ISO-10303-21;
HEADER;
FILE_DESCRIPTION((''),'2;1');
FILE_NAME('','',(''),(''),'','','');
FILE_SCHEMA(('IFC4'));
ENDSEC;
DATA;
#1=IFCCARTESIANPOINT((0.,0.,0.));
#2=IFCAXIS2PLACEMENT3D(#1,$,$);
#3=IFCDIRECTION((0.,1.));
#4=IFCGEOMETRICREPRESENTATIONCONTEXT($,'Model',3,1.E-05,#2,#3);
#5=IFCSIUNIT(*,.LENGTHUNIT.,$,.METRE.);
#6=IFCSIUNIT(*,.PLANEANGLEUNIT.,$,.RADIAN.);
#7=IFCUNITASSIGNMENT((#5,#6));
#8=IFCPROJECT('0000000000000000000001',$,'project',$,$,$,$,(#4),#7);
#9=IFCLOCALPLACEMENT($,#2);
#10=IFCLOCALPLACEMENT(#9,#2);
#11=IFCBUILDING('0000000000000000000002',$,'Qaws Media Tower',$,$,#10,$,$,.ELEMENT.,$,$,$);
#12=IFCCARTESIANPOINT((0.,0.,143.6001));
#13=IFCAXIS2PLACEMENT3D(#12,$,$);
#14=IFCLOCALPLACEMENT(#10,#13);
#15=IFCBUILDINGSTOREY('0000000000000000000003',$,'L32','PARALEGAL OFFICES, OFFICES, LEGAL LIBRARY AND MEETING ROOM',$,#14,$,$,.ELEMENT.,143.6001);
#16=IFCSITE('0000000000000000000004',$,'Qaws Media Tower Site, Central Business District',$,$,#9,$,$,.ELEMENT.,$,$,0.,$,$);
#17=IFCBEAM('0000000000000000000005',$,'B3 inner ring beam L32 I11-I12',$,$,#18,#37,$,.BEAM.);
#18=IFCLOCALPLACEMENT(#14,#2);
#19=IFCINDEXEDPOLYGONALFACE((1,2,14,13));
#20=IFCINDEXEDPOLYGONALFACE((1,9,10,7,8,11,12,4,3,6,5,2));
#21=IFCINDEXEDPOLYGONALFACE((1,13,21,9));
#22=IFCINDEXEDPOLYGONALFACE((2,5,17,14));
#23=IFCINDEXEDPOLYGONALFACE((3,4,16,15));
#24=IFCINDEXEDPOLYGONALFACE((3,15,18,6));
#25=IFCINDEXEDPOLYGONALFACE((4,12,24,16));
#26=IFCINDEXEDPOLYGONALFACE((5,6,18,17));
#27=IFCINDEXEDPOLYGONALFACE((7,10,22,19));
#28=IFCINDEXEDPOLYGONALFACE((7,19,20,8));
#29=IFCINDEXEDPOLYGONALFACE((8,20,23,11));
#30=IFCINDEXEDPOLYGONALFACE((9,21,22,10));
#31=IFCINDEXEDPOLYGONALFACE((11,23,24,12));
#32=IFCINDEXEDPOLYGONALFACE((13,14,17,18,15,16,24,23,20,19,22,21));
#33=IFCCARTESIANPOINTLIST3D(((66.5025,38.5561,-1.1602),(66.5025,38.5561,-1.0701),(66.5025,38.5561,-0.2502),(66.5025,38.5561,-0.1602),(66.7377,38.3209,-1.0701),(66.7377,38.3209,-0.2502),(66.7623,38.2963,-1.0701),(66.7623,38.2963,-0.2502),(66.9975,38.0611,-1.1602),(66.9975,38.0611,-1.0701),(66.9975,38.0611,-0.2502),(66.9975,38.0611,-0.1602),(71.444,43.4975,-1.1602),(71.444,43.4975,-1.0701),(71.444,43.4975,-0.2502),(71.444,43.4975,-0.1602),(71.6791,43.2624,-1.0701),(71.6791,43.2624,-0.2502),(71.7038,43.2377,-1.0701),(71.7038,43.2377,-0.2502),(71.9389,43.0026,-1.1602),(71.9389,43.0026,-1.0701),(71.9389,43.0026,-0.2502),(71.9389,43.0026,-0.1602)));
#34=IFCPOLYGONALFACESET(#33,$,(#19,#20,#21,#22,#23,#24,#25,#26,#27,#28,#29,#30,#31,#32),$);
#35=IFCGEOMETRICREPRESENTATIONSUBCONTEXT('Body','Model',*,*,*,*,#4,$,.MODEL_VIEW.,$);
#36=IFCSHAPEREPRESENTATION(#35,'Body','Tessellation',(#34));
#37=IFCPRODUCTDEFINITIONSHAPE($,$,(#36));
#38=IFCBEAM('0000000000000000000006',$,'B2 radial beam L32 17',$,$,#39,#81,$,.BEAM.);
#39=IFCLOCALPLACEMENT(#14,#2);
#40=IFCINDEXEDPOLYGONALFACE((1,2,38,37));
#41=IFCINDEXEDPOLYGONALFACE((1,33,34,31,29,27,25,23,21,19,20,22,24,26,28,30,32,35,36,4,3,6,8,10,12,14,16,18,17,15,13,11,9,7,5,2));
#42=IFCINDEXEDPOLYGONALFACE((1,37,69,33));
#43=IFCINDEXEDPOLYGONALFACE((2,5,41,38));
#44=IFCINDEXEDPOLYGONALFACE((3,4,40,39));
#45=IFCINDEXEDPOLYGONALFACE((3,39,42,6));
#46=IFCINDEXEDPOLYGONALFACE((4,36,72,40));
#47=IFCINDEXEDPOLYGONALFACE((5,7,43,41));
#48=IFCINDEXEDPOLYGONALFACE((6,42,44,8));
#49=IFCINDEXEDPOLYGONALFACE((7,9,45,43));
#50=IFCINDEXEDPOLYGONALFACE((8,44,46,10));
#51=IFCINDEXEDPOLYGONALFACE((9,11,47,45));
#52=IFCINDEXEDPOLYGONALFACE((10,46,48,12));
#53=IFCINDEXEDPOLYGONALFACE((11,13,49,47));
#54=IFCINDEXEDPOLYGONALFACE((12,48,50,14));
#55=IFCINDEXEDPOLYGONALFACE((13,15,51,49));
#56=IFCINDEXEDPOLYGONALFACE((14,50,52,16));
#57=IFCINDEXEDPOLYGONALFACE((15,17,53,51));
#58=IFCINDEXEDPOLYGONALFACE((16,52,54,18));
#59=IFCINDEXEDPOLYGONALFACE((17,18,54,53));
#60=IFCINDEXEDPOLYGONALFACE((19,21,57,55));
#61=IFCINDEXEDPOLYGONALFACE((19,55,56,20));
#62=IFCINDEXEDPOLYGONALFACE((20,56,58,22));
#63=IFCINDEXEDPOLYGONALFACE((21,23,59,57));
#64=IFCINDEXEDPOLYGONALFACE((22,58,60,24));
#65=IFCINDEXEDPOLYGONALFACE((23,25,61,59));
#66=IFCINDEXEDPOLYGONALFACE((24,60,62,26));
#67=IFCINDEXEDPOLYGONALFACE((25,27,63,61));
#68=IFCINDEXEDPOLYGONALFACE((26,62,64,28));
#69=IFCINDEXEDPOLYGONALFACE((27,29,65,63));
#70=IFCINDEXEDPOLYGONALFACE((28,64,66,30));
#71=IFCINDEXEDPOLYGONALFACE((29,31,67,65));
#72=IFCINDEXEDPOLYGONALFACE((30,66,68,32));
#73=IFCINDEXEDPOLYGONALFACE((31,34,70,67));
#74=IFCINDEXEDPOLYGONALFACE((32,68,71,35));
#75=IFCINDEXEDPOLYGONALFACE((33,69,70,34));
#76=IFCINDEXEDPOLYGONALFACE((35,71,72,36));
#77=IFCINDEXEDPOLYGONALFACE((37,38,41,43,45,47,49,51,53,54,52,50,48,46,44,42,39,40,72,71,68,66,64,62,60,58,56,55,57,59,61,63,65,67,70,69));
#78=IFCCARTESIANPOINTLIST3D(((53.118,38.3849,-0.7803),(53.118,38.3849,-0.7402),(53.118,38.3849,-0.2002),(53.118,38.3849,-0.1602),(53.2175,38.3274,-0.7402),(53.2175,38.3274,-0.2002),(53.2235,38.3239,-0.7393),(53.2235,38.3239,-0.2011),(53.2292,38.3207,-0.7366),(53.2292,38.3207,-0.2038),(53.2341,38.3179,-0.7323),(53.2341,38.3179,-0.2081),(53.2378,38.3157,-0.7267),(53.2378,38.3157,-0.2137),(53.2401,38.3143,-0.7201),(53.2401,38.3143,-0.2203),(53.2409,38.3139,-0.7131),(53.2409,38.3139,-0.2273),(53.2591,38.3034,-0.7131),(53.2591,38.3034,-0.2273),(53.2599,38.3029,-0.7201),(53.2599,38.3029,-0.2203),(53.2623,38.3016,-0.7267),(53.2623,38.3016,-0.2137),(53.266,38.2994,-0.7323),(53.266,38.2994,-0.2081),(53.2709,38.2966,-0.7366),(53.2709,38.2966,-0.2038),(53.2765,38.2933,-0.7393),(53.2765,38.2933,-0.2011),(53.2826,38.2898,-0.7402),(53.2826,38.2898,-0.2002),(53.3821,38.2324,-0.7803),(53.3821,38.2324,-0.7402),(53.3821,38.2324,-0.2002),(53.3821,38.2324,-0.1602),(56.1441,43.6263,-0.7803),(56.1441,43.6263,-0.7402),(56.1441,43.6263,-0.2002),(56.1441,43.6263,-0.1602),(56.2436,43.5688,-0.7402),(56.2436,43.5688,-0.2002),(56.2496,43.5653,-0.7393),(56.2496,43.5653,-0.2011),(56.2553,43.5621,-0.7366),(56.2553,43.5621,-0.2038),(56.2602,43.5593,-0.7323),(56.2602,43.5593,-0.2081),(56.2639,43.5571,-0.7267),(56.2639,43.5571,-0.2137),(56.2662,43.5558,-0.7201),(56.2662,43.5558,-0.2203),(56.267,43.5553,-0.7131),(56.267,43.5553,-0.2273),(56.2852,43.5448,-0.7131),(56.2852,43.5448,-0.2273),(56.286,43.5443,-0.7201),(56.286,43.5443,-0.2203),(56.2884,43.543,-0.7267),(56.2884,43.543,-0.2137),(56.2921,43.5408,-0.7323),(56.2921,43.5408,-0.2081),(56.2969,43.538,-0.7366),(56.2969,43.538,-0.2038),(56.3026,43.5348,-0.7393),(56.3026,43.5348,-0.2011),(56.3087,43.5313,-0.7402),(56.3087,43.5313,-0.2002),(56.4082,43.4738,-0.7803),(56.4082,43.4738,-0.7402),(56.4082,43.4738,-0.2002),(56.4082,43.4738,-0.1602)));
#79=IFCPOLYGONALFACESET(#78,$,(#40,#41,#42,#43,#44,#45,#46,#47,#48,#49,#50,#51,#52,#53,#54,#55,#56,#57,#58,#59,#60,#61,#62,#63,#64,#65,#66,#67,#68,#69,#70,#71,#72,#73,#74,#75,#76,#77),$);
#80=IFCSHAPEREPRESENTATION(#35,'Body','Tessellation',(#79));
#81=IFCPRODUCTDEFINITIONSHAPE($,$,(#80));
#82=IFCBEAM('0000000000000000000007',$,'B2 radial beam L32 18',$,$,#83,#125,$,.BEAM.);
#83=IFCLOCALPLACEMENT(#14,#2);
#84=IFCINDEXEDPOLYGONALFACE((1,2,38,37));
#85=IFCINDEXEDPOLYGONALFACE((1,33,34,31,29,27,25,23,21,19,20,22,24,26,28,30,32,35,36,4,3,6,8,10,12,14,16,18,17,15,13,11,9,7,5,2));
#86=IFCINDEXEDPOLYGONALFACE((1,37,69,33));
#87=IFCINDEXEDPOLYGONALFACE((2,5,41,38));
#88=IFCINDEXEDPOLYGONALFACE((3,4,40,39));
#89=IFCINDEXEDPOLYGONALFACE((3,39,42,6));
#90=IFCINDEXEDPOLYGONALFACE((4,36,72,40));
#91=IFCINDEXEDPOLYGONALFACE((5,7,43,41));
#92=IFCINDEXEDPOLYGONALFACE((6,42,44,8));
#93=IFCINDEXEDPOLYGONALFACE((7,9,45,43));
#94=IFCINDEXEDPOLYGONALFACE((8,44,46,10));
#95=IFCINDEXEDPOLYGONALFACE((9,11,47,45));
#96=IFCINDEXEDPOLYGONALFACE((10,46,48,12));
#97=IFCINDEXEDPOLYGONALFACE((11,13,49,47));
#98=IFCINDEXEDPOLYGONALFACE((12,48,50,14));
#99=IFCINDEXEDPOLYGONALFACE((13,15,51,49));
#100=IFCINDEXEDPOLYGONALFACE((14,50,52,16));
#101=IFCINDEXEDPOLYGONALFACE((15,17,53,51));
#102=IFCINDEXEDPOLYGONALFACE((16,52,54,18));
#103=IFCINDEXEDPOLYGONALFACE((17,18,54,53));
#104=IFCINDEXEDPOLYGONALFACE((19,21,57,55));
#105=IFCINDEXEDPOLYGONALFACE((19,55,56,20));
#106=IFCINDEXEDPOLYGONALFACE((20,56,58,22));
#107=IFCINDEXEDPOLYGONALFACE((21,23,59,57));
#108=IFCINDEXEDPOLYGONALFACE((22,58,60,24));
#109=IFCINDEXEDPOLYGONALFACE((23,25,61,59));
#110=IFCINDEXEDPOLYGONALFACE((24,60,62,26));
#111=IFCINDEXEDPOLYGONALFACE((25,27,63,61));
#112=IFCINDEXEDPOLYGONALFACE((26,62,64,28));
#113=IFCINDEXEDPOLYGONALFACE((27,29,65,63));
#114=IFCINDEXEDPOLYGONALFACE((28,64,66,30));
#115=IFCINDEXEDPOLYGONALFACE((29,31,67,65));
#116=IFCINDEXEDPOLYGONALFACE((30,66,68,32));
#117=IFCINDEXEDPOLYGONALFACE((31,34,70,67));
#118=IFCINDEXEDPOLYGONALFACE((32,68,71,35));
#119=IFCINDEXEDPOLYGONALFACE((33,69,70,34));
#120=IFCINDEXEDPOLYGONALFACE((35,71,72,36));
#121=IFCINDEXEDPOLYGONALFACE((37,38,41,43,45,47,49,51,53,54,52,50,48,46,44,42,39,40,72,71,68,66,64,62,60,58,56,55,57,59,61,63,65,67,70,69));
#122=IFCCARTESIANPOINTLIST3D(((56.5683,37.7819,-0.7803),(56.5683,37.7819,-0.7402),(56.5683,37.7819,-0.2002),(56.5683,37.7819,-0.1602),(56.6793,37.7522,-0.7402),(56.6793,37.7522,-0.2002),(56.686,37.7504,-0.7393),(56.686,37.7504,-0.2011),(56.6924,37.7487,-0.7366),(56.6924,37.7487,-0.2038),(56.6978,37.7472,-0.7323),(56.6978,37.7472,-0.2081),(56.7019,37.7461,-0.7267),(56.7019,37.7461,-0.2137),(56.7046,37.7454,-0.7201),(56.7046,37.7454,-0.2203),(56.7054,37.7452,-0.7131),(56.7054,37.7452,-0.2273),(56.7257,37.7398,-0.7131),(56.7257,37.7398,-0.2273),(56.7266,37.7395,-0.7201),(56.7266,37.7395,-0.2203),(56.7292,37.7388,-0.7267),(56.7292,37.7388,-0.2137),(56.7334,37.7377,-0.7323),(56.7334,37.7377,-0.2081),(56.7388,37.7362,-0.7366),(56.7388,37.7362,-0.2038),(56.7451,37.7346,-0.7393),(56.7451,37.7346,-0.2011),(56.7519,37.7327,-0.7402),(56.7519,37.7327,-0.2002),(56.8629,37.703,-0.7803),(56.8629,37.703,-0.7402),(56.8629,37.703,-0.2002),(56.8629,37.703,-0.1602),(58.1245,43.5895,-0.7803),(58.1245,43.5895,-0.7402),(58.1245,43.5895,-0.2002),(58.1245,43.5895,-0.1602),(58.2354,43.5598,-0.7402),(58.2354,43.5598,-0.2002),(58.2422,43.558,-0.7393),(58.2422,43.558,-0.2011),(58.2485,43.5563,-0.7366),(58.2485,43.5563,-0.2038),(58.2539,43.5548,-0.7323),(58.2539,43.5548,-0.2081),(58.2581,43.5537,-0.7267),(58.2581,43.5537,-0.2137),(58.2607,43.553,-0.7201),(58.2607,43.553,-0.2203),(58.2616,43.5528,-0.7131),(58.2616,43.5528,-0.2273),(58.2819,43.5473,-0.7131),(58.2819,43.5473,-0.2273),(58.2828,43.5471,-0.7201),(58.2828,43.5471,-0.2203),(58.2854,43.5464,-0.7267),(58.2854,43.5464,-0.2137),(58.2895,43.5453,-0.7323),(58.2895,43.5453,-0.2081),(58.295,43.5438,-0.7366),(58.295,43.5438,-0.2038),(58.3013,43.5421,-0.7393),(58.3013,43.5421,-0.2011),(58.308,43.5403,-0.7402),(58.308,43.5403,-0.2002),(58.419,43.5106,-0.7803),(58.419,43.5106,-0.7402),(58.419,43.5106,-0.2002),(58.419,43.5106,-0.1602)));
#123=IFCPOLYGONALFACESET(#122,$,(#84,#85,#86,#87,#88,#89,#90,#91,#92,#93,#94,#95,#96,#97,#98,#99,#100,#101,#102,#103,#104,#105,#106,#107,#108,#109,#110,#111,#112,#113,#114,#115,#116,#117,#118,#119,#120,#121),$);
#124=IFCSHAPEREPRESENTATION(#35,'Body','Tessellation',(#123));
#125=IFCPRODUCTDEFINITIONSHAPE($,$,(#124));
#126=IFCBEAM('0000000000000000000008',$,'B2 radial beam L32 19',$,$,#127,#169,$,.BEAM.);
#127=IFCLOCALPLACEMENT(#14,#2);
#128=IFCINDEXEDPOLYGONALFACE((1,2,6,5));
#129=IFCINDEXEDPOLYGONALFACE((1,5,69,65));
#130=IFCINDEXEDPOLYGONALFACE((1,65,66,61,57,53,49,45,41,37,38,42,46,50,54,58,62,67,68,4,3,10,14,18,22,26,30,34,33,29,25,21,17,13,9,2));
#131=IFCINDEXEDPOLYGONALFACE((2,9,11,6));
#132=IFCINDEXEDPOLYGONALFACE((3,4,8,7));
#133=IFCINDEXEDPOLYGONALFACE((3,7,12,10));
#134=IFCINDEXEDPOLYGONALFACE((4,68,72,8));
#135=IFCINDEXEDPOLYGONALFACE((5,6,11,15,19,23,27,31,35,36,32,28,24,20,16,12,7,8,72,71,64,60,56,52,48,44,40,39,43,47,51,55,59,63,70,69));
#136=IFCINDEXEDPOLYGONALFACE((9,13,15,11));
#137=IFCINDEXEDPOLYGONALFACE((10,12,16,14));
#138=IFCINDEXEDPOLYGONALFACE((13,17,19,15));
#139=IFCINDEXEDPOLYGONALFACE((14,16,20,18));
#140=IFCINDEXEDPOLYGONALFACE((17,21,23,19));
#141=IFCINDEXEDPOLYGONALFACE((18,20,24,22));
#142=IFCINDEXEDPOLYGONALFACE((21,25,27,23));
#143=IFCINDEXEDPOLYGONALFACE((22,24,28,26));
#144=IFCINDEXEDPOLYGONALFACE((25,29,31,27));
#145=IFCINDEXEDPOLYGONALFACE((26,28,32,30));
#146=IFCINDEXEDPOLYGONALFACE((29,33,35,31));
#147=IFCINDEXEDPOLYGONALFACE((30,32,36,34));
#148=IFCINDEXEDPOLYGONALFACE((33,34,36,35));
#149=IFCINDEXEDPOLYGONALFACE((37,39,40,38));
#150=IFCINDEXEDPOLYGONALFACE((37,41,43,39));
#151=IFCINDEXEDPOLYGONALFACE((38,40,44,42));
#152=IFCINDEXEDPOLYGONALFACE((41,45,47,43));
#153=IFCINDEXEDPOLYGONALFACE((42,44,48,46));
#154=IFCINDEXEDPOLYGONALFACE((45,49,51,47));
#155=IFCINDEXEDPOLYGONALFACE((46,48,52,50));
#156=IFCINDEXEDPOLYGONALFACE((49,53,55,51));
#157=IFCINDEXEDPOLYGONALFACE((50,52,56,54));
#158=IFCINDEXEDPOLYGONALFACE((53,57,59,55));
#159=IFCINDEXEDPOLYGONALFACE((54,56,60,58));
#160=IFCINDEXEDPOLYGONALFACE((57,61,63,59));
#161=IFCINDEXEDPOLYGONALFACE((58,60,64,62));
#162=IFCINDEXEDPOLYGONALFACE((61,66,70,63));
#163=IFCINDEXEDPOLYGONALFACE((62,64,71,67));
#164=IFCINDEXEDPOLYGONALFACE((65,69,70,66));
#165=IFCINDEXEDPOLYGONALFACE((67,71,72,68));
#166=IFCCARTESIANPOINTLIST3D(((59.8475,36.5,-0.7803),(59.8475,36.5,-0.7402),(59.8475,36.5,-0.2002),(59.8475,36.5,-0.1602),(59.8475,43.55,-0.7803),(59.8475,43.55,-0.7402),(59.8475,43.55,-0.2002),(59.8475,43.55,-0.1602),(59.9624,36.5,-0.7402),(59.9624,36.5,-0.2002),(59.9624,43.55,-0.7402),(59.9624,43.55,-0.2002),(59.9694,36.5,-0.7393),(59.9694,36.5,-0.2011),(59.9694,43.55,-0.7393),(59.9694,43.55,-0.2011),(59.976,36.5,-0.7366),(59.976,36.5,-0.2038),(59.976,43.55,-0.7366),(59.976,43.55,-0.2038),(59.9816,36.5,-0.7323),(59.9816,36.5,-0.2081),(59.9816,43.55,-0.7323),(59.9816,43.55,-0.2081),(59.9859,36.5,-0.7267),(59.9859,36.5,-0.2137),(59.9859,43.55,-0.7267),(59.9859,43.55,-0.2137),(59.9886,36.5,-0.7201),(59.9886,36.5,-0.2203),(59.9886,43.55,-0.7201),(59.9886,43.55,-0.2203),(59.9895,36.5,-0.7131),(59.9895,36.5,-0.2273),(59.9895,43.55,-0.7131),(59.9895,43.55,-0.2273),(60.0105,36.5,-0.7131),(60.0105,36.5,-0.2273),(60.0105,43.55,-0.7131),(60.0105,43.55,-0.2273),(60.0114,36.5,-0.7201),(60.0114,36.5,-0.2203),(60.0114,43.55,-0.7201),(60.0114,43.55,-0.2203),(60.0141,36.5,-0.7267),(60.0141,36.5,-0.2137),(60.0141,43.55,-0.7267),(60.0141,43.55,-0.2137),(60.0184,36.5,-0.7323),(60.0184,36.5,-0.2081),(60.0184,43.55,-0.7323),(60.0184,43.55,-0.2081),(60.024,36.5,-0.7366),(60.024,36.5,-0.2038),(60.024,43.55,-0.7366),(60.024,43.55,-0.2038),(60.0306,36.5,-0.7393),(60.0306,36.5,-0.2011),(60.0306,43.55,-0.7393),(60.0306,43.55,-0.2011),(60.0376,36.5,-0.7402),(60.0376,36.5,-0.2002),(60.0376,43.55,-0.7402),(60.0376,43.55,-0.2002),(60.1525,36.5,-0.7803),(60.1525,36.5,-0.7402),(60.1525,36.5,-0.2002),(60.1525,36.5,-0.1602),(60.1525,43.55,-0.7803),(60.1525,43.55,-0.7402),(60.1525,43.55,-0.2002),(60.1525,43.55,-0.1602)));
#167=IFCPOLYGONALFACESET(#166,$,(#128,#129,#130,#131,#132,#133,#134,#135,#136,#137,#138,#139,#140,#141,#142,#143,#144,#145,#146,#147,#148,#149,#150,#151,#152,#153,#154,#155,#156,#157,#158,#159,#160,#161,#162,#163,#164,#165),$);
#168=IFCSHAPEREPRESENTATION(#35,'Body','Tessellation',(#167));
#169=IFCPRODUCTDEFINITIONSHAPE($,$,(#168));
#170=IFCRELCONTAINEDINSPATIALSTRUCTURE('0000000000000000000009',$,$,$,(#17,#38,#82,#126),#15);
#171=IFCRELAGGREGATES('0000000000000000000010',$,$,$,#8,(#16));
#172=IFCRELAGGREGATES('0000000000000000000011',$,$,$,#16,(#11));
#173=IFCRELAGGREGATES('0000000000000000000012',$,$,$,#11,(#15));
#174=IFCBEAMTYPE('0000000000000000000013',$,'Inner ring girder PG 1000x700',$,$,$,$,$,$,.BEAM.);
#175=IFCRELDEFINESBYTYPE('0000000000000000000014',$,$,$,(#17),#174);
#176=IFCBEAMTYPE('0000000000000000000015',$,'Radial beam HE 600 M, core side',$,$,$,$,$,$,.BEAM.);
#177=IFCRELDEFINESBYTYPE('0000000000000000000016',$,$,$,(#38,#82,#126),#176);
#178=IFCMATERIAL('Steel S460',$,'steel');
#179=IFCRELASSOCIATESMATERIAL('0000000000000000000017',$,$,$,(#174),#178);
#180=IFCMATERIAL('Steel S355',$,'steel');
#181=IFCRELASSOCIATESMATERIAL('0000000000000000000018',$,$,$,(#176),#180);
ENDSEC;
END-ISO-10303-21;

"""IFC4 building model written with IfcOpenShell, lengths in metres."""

from ifc_helpers import new_model, si_unit, direction, frame, origin, origin_2d, place, context, subcontext, project, spatial, i_section, extrude, material, material_profile, profile_set, type_object, element, save


model = new_model("IFC4")

# Units and contexts
model_context = context("Model", 3, precision=1e-05, world=origin(), true_north=direction((0.0, 1.0)))
body_context = subcontext(model_context, "Body", "Model", "MODEL_VIEW")
ifc_project = project(units=[si_unit("LENGTHUNIT", "METRE"), si_unit("PLANEANGLEUNIT", "RADIAN")], contexts=[model_context])

# Site, building, storey
site_placement = place(None, origin())
site = spatial("IfcSite", under=ifc_project, at=site_placement, Name="Qaws Media Tower Site, Central Business District", CompositionType="ELEMENT", RefElevation=0.0)
building_placement = place(site_placement, origin())
building = spatial("IfcBuilding", under=site, at=building_placement, Name="Qaws Media Tower", CompositionType="ELEMENT")
storey_placement = place(building_placement, frame((0.0, 0.0, 143.6001)))
storey = spatial("IfcBuildingStorey", under=building, at=storey_placement, Name="L32", Description="PARALEGAL OFFICES, OFFICES, LEGAL LIBRARY AND MEETING ROOM", CompositionType="ELEMENT", Elevation=143.6001)

# Beams
ifc_material_1 = material(Name="Steel S460", Category="steel")
ifc_material_profile_1 = material_profile(ifc_material_1, i_section(OverallWidth=0.7, OverallDepth=1.0, WebThickness=0.0349, FlangeThickness=0.0901, at=origin_2d()), Name="PG 1000x700")
ifc_profile_set_1 = profile_set([ifc_material_profile_1], Name="Steel S460")
beam_type_1 = type_object("IfcBeamType", Name="Inner ring girder PG 1000x700", PredefinedType="BEAM", material=ifc_profile_set_1)
beam_1_placement = place(storey_placement, frame((66.75, 38.3086, -0.6602), z_axis=(0.707107, 0.707107, 0.0), x_axis=(-0.707107, 0.707107, 0.0)))
element("IfcBeam", 1, at=beam_1_placement, inside=storey, type_object=beam_type_1, Name="B3 inner ring beam L32 I11-I12", PredefinedType="BEAM", context=body_context, shape_type="SweptSolid", body=[
    extrude(i_section(OverallWidth=0.7, OverallDepth=1.0, WebThickness=0.0349, FlangeThickness=0.0901, at=origin_2d()), origin(), (0.0, 0.0, 1.0), 6.9883),
])
ifc_material_2 = material(Name="Steel S355", Category="steel")
ifc_material_profile_2 = material_profile(ifc_material_2, i_section(OverallWidth=0.3049, OverallDepth=0.6201, WebThickness=0.021, FlangeThickness=0.04, FilletRadius=0.0271, at=origin_2d()), Name="HE 600 M")
ifc_profile_set_2 = profile_set([ifc_material_profile_2], Name="Steel S355")
beam_type_2 = type_object("IfcBeamType", Name="Radial beam HE 600 M, core side", PredefinedType="BEAM", material=ifc_profile_set_2)
beam_2_placement = place(storey_placement, frame((56.2761, 43.55, -0.4702), z_axis=(-0.499996, -0.866028, 0.0), x_axis=(0.866028, -0.499996, 0.0)))
element("IfcBeam", 2, at=beam_2_placement, inside=storey, type_object=beam_type_2, Name="B2 radial beam L32 17", PredefinedType="BEAM", context=body_context, shape_type="SweptSolid", body=[
    extrude(i_section(OverallWidth=0.3049, OverallDepth=0.6201, WebThickness=0.021, FlangeThickness=0.04, FilletRadius=0.0271, at=origin_2d()), origin(), (0.0, 0.0, 1.0), 6.0522),
])
beam_3_placement = place(storey_placement, frame((58.2717, 43.55, -0.4702), z_axis=(-0.25882, -0.965926, 0.0), x_axis=(0.965926, -0.25882, 0.0)))
element("IfcBeam", 3, at=beam_3_placement, inside=storey, type_object=beam_type_2, Name="B2 radial beam L32 18", PredefinedType="BEAM", context=body_context, shape_type="SweptSolid", body=[
    extrude(i_section(OverallWidth=0.3049, OverallDepth=0.6201, WebThickness=0.021, FlangeThickness=0.04, FilletRadius=0.0271, at=origin_2d()), origin(), (0.0, 0.0, 1.0), 6.0125),
])
beam_4_placement = place(storey_placement, frame((60.0, 43.55, -0.4702), z_axis=(0.0, -1.0, 0.0), x_axis=(1.0, 0.0, 0.0)))
element("IfcBeam", 4, at=beam_4_placement, inside=storey, type_object=beam_type_2, Name="B2 radial beam L32 19", PredefinedType="BEAM", context=body_context, shape_type="SweptSolid", body=[
    extrude(i_section(OverallWidth=0.3049, OverallDepth=0.6201, WebThickness=0.021, FlangeThickness=0.04, FilletRadius=0.0271, at=origin_2d()), origin(), (0.0, 0.0, 1.0), 7.05),
])

save(model, "model.ifc")
